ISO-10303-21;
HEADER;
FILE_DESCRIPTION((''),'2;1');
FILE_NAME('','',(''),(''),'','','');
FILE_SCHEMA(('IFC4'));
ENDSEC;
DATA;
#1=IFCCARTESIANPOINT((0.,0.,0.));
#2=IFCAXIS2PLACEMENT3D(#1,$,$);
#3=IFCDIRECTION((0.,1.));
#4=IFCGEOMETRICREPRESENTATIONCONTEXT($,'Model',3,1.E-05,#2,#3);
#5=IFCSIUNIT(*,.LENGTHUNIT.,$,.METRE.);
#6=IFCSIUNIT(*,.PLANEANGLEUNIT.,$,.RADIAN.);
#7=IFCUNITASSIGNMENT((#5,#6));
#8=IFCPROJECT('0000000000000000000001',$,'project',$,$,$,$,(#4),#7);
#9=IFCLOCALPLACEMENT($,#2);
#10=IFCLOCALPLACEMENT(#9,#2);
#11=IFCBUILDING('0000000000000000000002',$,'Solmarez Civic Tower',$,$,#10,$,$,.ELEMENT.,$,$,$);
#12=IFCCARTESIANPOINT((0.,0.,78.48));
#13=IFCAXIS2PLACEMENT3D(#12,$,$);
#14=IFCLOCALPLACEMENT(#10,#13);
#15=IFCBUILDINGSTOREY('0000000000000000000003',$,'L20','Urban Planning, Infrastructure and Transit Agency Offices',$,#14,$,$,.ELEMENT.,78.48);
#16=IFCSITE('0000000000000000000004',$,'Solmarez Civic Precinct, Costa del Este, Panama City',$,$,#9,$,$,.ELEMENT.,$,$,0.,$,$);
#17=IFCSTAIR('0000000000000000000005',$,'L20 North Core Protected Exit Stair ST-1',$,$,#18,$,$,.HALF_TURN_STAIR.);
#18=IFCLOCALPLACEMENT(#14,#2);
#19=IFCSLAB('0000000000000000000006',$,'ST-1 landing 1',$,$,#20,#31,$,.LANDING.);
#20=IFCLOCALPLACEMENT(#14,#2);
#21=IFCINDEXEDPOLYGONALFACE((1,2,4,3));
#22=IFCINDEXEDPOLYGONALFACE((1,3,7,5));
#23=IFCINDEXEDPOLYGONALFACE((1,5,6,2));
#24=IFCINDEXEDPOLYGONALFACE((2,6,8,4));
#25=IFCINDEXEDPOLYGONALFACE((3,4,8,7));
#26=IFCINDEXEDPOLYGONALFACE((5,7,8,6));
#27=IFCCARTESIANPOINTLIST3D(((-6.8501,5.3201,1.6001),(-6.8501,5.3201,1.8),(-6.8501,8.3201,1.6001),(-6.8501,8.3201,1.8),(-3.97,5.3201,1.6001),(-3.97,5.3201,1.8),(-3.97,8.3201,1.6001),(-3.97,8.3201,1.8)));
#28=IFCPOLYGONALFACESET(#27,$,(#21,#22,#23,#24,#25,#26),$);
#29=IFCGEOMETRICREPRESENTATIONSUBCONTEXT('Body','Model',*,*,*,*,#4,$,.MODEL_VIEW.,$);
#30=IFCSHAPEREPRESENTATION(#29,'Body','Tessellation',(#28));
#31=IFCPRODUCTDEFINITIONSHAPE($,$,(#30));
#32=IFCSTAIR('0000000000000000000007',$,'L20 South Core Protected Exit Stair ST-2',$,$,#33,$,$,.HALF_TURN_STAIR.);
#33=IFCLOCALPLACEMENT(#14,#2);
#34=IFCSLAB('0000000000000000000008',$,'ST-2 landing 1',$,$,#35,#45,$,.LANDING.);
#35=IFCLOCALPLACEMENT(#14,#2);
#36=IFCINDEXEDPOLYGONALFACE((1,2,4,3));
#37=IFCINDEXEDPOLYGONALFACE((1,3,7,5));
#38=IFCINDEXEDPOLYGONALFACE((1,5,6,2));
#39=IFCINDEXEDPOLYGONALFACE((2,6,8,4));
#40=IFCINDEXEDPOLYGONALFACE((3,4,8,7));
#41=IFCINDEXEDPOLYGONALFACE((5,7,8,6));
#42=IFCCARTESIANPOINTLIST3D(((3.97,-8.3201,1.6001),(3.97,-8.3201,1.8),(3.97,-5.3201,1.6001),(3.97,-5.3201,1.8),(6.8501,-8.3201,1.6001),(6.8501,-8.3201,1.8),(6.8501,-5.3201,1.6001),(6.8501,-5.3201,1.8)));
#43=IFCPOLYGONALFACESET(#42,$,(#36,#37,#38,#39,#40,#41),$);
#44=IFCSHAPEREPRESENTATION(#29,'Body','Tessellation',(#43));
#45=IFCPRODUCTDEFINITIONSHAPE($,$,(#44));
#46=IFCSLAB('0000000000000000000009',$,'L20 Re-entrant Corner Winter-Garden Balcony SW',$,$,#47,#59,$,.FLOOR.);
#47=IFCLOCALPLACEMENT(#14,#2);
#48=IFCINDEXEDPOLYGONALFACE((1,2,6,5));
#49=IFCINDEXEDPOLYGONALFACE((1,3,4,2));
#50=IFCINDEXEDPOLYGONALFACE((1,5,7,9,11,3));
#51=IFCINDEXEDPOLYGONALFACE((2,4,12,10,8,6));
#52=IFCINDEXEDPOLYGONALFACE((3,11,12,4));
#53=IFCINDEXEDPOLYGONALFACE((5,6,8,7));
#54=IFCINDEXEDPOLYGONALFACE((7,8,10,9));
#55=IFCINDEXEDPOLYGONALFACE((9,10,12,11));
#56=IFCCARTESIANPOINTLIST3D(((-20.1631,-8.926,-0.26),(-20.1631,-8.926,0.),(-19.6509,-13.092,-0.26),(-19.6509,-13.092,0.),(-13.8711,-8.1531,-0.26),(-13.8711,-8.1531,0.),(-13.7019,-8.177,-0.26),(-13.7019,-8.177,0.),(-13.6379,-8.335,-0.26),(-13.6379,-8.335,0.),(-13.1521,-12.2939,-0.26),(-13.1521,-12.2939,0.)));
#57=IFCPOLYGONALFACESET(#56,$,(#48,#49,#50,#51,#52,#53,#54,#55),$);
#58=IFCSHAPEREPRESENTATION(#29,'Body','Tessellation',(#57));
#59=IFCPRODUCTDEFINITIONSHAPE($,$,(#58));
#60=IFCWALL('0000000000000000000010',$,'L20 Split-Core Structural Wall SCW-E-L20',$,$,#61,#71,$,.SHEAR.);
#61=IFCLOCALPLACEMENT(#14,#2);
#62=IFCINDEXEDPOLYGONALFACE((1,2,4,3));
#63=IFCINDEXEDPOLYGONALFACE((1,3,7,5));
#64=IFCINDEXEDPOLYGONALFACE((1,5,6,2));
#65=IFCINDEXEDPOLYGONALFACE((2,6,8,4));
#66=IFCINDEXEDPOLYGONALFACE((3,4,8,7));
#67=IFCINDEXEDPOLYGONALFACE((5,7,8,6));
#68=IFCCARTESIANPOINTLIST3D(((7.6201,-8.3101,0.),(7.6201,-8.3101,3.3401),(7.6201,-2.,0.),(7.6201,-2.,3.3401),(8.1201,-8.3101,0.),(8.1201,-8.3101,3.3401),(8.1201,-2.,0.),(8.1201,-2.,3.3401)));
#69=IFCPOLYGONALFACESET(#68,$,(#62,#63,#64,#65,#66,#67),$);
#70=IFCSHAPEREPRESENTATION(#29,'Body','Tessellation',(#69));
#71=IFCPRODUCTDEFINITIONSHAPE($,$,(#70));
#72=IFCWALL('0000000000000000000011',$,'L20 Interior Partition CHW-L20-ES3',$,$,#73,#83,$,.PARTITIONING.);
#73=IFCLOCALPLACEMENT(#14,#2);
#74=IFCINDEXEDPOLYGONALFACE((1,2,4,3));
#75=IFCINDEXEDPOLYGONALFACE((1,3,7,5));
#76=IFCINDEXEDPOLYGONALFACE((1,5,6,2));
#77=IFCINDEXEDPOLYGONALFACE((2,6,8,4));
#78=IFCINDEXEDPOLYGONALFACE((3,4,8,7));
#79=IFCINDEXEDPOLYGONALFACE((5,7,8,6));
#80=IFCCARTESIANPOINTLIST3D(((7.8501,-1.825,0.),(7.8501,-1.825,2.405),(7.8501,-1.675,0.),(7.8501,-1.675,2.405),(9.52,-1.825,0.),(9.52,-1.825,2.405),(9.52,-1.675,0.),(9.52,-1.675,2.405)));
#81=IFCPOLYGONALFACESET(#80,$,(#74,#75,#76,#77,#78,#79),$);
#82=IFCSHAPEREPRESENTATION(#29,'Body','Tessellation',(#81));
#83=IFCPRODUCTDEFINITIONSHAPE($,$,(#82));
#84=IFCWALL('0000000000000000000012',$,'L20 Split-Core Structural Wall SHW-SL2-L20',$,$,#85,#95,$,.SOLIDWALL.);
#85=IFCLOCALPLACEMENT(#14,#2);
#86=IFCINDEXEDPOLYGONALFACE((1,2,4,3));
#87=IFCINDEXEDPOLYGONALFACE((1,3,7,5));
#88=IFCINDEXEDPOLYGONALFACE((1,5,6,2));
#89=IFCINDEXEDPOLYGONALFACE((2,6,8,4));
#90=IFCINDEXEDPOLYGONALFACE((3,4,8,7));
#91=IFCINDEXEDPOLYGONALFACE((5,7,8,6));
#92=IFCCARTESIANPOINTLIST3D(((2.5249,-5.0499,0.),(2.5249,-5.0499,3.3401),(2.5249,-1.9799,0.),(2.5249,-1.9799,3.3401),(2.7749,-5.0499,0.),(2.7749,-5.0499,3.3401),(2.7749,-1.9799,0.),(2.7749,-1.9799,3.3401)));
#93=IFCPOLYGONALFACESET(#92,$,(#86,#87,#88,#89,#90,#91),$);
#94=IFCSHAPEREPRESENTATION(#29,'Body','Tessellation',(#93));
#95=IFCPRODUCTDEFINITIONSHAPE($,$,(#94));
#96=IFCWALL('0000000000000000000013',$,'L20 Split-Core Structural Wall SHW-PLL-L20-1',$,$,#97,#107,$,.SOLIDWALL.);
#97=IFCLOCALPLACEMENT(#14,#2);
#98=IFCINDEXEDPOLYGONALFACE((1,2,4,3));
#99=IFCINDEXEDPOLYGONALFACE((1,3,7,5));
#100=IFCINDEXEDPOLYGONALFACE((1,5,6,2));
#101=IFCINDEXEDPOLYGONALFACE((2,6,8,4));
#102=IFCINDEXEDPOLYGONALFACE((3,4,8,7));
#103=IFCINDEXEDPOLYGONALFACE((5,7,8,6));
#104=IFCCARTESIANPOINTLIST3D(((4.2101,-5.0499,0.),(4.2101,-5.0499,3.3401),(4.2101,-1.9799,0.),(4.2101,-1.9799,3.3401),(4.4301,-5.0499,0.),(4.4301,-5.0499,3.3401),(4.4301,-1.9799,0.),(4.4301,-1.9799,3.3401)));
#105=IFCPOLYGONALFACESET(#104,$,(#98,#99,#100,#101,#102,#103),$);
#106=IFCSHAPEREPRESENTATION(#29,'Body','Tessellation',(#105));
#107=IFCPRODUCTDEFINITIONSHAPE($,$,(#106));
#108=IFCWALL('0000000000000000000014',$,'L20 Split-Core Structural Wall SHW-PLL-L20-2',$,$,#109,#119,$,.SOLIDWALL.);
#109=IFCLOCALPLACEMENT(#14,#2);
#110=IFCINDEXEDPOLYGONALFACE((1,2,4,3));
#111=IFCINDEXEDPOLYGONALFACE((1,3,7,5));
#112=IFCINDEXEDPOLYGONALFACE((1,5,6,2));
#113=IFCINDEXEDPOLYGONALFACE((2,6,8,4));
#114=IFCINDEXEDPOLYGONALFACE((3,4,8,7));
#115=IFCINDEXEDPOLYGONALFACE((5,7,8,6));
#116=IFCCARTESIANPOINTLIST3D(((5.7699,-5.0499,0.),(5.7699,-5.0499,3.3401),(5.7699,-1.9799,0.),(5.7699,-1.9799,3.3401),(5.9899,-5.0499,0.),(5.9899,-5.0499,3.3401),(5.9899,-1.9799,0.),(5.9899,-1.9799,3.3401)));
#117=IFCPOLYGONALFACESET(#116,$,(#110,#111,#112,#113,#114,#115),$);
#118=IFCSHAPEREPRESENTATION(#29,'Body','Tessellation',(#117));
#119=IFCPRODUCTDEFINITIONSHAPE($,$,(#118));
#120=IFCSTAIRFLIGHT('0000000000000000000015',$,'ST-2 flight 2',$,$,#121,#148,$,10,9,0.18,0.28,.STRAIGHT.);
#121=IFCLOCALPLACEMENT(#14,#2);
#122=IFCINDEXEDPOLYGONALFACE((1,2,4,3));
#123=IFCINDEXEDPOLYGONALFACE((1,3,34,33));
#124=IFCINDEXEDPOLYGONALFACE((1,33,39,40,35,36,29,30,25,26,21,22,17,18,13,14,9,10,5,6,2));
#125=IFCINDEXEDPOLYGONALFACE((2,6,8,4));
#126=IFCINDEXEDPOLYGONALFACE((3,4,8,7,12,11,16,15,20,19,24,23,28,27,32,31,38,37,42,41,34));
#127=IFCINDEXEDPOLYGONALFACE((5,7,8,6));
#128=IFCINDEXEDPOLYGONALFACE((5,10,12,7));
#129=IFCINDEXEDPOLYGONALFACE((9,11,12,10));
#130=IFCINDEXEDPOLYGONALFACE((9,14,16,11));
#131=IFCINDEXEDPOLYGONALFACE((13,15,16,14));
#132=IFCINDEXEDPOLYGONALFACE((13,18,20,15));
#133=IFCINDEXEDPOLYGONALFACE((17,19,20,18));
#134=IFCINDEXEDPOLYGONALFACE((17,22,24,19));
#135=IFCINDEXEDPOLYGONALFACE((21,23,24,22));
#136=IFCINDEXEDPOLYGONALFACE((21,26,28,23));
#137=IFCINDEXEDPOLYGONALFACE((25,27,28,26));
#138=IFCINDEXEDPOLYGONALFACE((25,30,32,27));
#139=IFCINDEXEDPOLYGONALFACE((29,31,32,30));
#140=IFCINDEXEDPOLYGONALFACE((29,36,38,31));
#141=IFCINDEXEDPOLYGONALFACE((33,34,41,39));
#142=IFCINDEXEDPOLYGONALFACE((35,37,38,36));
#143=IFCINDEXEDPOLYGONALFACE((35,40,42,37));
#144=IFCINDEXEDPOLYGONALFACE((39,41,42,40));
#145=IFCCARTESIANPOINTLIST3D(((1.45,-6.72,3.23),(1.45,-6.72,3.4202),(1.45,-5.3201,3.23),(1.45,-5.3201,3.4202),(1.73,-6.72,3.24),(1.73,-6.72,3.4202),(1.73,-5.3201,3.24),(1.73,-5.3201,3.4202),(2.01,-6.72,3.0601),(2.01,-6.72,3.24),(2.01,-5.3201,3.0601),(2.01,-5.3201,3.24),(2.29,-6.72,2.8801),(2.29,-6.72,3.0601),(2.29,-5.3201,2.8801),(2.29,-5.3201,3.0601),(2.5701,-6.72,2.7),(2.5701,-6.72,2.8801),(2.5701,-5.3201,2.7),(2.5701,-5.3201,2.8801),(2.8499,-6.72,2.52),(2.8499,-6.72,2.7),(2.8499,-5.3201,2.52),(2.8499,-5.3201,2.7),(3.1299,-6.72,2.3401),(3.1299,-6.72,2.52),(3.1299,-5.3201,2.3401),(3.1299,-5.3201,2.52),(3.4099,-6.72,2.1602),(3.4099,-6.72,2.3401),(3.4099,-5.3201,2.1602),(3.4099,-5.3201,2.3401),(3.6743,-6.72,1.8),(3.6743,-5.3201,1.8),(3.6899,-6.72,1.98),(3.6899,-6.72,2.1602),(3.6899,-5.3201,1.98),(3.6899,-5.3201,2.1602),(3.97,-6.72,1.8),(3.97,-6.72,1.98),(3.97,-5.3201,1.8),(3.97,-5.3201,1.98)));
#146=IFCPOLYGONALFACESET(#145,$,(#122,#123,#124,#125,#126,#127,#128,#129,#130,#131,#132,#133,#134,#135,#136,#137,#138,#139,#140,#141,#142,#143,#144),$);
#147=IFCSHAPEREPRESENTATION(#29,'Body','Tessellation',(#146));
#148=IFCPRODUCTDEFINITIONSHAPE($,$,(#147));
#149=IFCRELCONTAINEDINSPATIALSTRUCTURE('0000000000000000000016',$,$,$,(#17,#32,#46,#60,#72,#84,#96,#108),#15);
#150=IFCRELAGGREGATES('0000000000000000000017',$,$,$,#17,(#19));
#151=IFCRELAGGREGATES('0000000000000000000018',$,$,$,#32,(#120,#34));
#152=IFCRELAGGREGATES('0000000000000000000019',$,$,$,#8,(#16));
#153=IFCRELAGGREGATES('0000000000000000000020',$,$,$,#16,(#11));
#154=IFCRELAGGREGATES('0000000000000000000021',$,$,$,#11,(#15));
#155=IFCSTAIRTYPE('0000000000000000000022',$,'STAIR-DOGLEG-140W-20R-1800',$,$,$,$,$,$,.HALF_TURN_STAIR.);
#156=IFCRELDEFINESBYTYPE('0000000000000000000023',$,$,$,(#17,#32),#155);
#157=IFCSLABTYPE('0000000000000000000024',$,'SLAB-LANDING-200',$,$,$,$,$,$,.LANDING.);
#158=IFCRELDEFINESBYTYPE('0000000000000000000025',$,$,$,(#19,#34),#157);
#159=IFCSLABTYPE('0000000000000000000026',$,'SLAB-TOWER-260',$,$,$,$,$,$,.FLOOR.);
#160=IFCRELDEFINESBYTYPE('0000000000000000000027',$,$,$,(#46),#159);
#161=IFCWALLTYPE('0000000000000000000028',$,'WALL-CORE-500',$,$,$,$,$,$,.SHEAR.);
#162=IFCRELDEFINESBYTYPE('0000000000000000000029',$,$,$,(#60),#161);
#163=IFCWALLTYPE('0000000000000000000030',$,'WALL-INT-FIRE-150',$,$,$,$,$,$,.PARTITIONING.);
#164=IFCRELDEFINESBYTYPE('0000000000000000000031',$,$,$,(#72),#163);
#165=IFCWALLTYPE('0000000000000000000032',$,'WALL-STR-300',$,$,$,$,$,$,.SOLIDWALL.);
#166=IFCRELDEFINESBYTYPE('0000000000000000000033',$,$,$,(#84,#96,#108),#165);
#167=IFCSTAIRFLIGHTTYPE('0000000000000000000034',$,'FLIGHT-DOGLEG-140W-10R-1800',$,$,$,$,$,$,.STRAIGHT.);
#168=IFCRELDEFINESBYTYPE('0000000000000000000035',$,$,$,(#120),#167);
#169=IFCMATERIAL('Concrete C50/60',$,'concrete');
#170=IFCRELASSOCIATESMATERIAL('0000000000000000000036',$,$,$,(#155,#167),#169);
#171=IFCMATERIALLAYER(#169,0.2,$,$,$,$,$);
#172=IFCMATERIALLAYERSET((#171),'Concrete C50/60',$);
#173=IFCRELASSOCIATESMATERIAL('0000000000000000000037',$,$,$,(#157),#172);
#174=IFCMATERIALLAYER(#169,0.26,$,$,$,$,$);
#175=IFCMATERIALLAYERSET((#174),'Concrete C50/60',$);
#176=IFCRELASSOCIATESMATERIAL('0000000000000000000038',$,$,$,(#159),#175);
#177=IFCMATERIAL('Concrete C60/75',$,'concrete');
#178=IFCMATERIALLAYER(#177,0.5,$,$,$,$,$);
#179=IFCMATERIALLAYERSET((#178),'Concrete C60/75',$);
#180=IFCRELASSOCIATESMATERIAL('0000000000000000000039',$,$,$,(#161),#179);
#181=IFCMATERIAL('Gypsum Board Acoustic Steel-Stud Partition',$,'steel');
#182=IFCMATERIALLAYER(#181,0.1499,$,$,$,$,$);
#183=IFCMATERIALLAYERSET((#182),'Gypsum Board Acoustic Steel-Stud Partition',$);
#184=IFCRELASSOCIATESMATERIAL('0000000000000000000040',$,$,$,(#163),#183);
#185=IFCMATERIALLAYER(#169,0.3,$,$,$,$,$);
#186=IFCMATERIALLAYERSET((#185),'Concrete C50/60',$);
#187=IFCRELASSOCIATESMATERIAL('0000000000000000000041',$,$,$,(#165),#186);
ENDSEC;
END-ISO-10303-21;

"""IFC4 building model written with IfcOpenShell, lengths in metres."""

from ifc_helpers import new_model, si_unit, direction, frame, frame_2d, origin, place, context, subcontext, project, spatial, polyline, rectangle, outline, extrude, material, layer, layer_set, type_object, element, aggregate, save


model = new_model("IFC4")

# Units and contexts
model_context = context("Model", 3, precision=1e-05, world=origin(), true_north=direction((0.0, 1.0)))
body_context = subcontext(model_context, "Body", "Model", "MODEL_VIEW")
ifc_project = project(units=[si_unit("LENGTHUNIT", "METRE"), si_unit("PLANEANGLEUNIT", "RADIAN")], contexts=[model_context])

# Site, building, storey
site_placement = place(None, origin())
site = spatial("IfcSite", under=ifc_project, at=site_placement, Name="Solmarez Civic Precinct, Costa del Este, Panama City", CompositionType="ELEMENT", RefElevation=0.0)
building_placement = place(site_placement, origin())
building = spatial("IfcBuilding", under=site, at=building_placement, Name="Solmarez Civic Tower", CompositionType="ELEMENT")
storey_placement = place(building_placement, frame((0.0, 0.0, 78.48)))
storey = spatial("IfcBuildingStorey", under=building, at=storey_placement, Name="L20", Description="Urban Planning, Infrastructure and Transit Agency Offices", CompositionType="ELEMENT", Elevation=78.48)

# Stairs, slabs
ifc_material_1 = material(Name="Concrete C50/60", Category="concrete")
stair_type = type_object("IfcStairType", Name="STAIR-DOGLEG-140W-20R-1800", PredefinedType="HALF_TURN_STAIR", material=ifc_material_1)
stair_1_placement = place(storey_placement, origin())
stair_1 = element("IfcStair", 1, at=stair_1_placement, inside=storey, type_object=stair_type, Name="L20 North Core Protected Exit Stair ST-1", PredefinedType="HALF_TURN_STAIR")
ifc_layer_1 = layer(ifc_material_1, 0.2)
ifc_layer_set_1 = layer_set([ifc_layer_1], Name="Concrete C50/60")
slab_type_1 = type_object("IfcSlabType", Name="SLAB-LANDING-200", PredefinedType="LANDING", material=ifc_layer_set_1)
slab_1_placement = place(storey_placement, frame((0.0, 0.0, 1.6001)))
slab_1 = element("IfcSlab", 2, at=slab_1_placement, type_object=slab_type_1, Name="ST-1 landing 1", PredefinedType="LANDING", context=body_context, shape_type="SweptSolid", body=[
    extrude(outline(polyline([(-3.97, 8.3201), (-6.8501, 8.3201), (-6.8501, 5.3201), (-3.97, 5.3201), (-3.97, 8.3201)])), origin(), (0.0, 0.0, 1.0), 0.2),
])
aggregate(stair_1, [slab_1])
stair_2_placement = place(storey_placement, origin())
stair_2 = element("IfcStair", 3, at=stair_2_placement, inside=storey, type_object=stair_type, Name="L20 South Core Protected Exit Stair ST-2", PredefinedType="HALF_TURN_STAIR")
slab_2_placement = place(storey_placement, frame((0.0, 0.0, 1.6001)))
slab_2 = element("IfcSlab", 4, at=slab_2_placement, type_object=slab_type_1, Name="ST-2 landing 1", PredefinedType="LANDING", context=body_context, shape_type="SweptSolid", body=[
    extrude(outline(polyline([(3.97, -8.3201), (6.8501, -8.3201), (6.8501, -5.3201), (3.97, -5.3201), (3.97, -8.3201)])), origin(), (0.0, 0.0, 1.0), 0.2),
])

# Slab
ifc_layer_2 = layer(ifc_material_1, 0.26)
ifc_layer_set_2 = layer_set([ifc_layer_2], Name="Concrete C50/60")
slab_type_2 = type_object("IfcSlabType", Name="SLAB-TOWER-260", PredefinedType="FLOOR", material=ifc_layer_set_2)
slab_3_placement = place(storey_placement, frame((0.0, 0.0, -0.26)))
element("IfcSlab", 5, at=slab_3_placement, inside=storey, type_object=slab_type_2, Name="L20 Re-entrant Corner Winter-Garden Balcony SW", PredefinedType="FLOOR", context=body_context, shape_type="SweptSolid", body=[
    extrude(outline(polyline([(-13.1521, -12.2939), (-13.6379, -8.335), (-13.7019, -8.177), (-13.8711, -8.1531), (-20.1631, -8.926), (-19.6509, -13.092), (-13.1521, -12.2939)])), origin(), (0.0, 0.0, 1.0), 0.26),
])

# Walls
ifc_material_2 = material(Name="Concrete C60/75", Category="concrete")
ifc_layer_3 = layer(ifc_material_2, 0.5)
ifc_layer_set_3 = layer_set([ifc_layer_3], Name="Concrete C60/75")
wall_type_1 = type_object("IfcWallType", Name="WALL-CORE-500", PredefinedType="SHEAR", material=ifc_layer_set_3)
wall_1_placement = place(storey_placement, frame((7.8701, -2.0, 0.0), z_axis=(0.0, 0.0, 1.0), x_axis=(0.0, -1.0, 0.0)))
element("IfcWall", 6, at=wall_1_placement, inside=storey, type_object=wall_type_1, Name="L20 Split-Core Structural Wall SCW-E-L20", PredefinedType="SHEAR", context=body_context, shape_type="SweptSolid", body=[
    extrude(rectangle(XDim=6.3101, YDim=0.5, at=frame_2d((3.155, 0.0))), origin(), (0.0, 0.0, 1.0), 3.3401),
])
ifc_material_3 = material(Name="Gypsum Board Acoustic Steel-Stud Partition", Category="steel")
ifc_layer_4 = layer(ifc_material_3, 0.1499)
ifc_layer_set_4 = layer_set([ifc_layer_4], Name="Gypsum Board Acoustic Steel-Stud Partition")
wall_type_2 = type_object("IfcWallType", Name="WALL-INT-FIRE-150", PredefinedType="PARTITIONING", material=ifc_layer_set_4)
wall_2_placement = place(storey_placement, frame((7.8501, -1.75, 0.0), z_axis=(0.0, 0.0, 1.0), x_axis=(1.0, 0.0, 0.0)))
element("IfcWall", 7, at=wall_2_placement, inside=storey, type_object=wall_type_2, Name="L20 Interior Partition CHW-L20-ES3", PredefinedType="PARTITIONING", context=body_context, shape_type="SweptSolid", body=[
    extrude(rectangle(XDim=1.6699, YDim=0.1499, at=frame_2d((0.835, 0.0))), origin(), (0.0, 0.0, 1.0), 2.405),
])
ifc_layer_5 = layer(ifc_material_1, 0.3)
ifc_layer_set_5 = layer_set([ifc_layer_5], Name="Concrete C50/60")
wall_type_3 = type_object("IfcWallType", Name="WALL-STR-300", PredefinedType="SOLIDWALL", material=ifc_layer_set_5)
wall_3_placement = place(storey_placement, frame((2.6499, -5.05, 0.0), z_axis=(0.0, 0.0, 1.0), x_axis=(0.0, 1.0, 0.0)))
element("IfcWall", 8, at=wall_3_placement, inside=storey, type_object=wall_type_3, Name="L20 Split-Core Structural Wall SHW-SL2-L20", PredefinedType="SOLIDWALL", context=body_context, shape_type="SweptSolid", body=[
    extrude(rectangle(XDim=3.0701, YDim=0.25, at=frame_2d((1.5352, 0.0))), origin(), (0.0, 0.0, 1.0), 3.3401),
])
for number, where, z_axis, x_axis, name in (
    (9, (4.3201, -5.05, 0.0), (0.0, 0.0, 1.0), (0.0, 1.0, 0.0), "L20 Split-Core Structural Wall SHW-PLL-L20-1"),
    (10, (5.8799, -5.05, 0.0), (0.0, 0.0, 1.0), (0.0, 1.0, 0.0), "L20 Split-Core Structural Wall SHW-PLL-L20-2"),
):
    element("IfcWall", number, at=place(storey_placement, frame(where, z_axis=z_axis, x_axis=x_axis)), inside=storey, type_object=wall_type_3, Name=name, PredefinedType="SOLIDWALL", context=body_context, shape_type="SweptSolid", body=[
        extrude(rectangle(XDim=3.0701, YDim=0.22, at=frame_2d((1.5352, 0.0))), origin(), (0.0, 0.0, 1.0), 3.3401),
    ])

# Stair flight
stair_flight_type = type_object("IfcStairFlightType", Name="FLIGHT-DOGLEG-140W-10R-1800", PredefinedType="STRAIGHT", material=ifc_material_1)
stair_flight_placement = place(storey_placement, frame((3.97, -6.02, 1.8), z_axis=(0.0, 0.0, 1.0), x_axis=(-1.0, 0.0, 0.0)))
stair_flight = element("IfcStairFlight", 11, at=stair_flight_placement, type_object=stair_flight_type, Name="ST-2 flight 2", NumberOfRisers=10, NumberOfTreads=9, PredefinedType="STRAIGHT", RiserHeight=0.18, TreadLength=0.28, context=body_context, shape_type="SweptSolid", body=[
    extrude(outline(polyline([(0.0, 0.0), (0.0, 0.1799), (0.28, 0.1799), (0.28, 0.3601), (0.5601, 0.3601), (0.5601, 0.54), (0.8401, 0.54), (0.8401, 0.72), (1.1201, 0.72), (1.1201, 0.8999), (1.3999, 0.8999), (1.3999, 1.0801), (1.6799, 1.0801), (1.6799, 1.26), (1.96, 1.26), (1.96, 1.4399), (2.24, 1.4399), (2.24, 1.6201), (2.52, 1.6201), (2.52, 1.8), (2.52, 1.4299), (0.2957, 0.0), (0.0, 0.0)])), frame((0.0, 0.7, 0.0), z_axis=(0.0, -1.0, 0.0), x_axis=(1.0, 0.0, 0.0)), (0.0, 0.0, 1.0), 1.3999),
])
aggregate(stair_2, [stair_flight, slab_2])

save(model, "model.ifc")
